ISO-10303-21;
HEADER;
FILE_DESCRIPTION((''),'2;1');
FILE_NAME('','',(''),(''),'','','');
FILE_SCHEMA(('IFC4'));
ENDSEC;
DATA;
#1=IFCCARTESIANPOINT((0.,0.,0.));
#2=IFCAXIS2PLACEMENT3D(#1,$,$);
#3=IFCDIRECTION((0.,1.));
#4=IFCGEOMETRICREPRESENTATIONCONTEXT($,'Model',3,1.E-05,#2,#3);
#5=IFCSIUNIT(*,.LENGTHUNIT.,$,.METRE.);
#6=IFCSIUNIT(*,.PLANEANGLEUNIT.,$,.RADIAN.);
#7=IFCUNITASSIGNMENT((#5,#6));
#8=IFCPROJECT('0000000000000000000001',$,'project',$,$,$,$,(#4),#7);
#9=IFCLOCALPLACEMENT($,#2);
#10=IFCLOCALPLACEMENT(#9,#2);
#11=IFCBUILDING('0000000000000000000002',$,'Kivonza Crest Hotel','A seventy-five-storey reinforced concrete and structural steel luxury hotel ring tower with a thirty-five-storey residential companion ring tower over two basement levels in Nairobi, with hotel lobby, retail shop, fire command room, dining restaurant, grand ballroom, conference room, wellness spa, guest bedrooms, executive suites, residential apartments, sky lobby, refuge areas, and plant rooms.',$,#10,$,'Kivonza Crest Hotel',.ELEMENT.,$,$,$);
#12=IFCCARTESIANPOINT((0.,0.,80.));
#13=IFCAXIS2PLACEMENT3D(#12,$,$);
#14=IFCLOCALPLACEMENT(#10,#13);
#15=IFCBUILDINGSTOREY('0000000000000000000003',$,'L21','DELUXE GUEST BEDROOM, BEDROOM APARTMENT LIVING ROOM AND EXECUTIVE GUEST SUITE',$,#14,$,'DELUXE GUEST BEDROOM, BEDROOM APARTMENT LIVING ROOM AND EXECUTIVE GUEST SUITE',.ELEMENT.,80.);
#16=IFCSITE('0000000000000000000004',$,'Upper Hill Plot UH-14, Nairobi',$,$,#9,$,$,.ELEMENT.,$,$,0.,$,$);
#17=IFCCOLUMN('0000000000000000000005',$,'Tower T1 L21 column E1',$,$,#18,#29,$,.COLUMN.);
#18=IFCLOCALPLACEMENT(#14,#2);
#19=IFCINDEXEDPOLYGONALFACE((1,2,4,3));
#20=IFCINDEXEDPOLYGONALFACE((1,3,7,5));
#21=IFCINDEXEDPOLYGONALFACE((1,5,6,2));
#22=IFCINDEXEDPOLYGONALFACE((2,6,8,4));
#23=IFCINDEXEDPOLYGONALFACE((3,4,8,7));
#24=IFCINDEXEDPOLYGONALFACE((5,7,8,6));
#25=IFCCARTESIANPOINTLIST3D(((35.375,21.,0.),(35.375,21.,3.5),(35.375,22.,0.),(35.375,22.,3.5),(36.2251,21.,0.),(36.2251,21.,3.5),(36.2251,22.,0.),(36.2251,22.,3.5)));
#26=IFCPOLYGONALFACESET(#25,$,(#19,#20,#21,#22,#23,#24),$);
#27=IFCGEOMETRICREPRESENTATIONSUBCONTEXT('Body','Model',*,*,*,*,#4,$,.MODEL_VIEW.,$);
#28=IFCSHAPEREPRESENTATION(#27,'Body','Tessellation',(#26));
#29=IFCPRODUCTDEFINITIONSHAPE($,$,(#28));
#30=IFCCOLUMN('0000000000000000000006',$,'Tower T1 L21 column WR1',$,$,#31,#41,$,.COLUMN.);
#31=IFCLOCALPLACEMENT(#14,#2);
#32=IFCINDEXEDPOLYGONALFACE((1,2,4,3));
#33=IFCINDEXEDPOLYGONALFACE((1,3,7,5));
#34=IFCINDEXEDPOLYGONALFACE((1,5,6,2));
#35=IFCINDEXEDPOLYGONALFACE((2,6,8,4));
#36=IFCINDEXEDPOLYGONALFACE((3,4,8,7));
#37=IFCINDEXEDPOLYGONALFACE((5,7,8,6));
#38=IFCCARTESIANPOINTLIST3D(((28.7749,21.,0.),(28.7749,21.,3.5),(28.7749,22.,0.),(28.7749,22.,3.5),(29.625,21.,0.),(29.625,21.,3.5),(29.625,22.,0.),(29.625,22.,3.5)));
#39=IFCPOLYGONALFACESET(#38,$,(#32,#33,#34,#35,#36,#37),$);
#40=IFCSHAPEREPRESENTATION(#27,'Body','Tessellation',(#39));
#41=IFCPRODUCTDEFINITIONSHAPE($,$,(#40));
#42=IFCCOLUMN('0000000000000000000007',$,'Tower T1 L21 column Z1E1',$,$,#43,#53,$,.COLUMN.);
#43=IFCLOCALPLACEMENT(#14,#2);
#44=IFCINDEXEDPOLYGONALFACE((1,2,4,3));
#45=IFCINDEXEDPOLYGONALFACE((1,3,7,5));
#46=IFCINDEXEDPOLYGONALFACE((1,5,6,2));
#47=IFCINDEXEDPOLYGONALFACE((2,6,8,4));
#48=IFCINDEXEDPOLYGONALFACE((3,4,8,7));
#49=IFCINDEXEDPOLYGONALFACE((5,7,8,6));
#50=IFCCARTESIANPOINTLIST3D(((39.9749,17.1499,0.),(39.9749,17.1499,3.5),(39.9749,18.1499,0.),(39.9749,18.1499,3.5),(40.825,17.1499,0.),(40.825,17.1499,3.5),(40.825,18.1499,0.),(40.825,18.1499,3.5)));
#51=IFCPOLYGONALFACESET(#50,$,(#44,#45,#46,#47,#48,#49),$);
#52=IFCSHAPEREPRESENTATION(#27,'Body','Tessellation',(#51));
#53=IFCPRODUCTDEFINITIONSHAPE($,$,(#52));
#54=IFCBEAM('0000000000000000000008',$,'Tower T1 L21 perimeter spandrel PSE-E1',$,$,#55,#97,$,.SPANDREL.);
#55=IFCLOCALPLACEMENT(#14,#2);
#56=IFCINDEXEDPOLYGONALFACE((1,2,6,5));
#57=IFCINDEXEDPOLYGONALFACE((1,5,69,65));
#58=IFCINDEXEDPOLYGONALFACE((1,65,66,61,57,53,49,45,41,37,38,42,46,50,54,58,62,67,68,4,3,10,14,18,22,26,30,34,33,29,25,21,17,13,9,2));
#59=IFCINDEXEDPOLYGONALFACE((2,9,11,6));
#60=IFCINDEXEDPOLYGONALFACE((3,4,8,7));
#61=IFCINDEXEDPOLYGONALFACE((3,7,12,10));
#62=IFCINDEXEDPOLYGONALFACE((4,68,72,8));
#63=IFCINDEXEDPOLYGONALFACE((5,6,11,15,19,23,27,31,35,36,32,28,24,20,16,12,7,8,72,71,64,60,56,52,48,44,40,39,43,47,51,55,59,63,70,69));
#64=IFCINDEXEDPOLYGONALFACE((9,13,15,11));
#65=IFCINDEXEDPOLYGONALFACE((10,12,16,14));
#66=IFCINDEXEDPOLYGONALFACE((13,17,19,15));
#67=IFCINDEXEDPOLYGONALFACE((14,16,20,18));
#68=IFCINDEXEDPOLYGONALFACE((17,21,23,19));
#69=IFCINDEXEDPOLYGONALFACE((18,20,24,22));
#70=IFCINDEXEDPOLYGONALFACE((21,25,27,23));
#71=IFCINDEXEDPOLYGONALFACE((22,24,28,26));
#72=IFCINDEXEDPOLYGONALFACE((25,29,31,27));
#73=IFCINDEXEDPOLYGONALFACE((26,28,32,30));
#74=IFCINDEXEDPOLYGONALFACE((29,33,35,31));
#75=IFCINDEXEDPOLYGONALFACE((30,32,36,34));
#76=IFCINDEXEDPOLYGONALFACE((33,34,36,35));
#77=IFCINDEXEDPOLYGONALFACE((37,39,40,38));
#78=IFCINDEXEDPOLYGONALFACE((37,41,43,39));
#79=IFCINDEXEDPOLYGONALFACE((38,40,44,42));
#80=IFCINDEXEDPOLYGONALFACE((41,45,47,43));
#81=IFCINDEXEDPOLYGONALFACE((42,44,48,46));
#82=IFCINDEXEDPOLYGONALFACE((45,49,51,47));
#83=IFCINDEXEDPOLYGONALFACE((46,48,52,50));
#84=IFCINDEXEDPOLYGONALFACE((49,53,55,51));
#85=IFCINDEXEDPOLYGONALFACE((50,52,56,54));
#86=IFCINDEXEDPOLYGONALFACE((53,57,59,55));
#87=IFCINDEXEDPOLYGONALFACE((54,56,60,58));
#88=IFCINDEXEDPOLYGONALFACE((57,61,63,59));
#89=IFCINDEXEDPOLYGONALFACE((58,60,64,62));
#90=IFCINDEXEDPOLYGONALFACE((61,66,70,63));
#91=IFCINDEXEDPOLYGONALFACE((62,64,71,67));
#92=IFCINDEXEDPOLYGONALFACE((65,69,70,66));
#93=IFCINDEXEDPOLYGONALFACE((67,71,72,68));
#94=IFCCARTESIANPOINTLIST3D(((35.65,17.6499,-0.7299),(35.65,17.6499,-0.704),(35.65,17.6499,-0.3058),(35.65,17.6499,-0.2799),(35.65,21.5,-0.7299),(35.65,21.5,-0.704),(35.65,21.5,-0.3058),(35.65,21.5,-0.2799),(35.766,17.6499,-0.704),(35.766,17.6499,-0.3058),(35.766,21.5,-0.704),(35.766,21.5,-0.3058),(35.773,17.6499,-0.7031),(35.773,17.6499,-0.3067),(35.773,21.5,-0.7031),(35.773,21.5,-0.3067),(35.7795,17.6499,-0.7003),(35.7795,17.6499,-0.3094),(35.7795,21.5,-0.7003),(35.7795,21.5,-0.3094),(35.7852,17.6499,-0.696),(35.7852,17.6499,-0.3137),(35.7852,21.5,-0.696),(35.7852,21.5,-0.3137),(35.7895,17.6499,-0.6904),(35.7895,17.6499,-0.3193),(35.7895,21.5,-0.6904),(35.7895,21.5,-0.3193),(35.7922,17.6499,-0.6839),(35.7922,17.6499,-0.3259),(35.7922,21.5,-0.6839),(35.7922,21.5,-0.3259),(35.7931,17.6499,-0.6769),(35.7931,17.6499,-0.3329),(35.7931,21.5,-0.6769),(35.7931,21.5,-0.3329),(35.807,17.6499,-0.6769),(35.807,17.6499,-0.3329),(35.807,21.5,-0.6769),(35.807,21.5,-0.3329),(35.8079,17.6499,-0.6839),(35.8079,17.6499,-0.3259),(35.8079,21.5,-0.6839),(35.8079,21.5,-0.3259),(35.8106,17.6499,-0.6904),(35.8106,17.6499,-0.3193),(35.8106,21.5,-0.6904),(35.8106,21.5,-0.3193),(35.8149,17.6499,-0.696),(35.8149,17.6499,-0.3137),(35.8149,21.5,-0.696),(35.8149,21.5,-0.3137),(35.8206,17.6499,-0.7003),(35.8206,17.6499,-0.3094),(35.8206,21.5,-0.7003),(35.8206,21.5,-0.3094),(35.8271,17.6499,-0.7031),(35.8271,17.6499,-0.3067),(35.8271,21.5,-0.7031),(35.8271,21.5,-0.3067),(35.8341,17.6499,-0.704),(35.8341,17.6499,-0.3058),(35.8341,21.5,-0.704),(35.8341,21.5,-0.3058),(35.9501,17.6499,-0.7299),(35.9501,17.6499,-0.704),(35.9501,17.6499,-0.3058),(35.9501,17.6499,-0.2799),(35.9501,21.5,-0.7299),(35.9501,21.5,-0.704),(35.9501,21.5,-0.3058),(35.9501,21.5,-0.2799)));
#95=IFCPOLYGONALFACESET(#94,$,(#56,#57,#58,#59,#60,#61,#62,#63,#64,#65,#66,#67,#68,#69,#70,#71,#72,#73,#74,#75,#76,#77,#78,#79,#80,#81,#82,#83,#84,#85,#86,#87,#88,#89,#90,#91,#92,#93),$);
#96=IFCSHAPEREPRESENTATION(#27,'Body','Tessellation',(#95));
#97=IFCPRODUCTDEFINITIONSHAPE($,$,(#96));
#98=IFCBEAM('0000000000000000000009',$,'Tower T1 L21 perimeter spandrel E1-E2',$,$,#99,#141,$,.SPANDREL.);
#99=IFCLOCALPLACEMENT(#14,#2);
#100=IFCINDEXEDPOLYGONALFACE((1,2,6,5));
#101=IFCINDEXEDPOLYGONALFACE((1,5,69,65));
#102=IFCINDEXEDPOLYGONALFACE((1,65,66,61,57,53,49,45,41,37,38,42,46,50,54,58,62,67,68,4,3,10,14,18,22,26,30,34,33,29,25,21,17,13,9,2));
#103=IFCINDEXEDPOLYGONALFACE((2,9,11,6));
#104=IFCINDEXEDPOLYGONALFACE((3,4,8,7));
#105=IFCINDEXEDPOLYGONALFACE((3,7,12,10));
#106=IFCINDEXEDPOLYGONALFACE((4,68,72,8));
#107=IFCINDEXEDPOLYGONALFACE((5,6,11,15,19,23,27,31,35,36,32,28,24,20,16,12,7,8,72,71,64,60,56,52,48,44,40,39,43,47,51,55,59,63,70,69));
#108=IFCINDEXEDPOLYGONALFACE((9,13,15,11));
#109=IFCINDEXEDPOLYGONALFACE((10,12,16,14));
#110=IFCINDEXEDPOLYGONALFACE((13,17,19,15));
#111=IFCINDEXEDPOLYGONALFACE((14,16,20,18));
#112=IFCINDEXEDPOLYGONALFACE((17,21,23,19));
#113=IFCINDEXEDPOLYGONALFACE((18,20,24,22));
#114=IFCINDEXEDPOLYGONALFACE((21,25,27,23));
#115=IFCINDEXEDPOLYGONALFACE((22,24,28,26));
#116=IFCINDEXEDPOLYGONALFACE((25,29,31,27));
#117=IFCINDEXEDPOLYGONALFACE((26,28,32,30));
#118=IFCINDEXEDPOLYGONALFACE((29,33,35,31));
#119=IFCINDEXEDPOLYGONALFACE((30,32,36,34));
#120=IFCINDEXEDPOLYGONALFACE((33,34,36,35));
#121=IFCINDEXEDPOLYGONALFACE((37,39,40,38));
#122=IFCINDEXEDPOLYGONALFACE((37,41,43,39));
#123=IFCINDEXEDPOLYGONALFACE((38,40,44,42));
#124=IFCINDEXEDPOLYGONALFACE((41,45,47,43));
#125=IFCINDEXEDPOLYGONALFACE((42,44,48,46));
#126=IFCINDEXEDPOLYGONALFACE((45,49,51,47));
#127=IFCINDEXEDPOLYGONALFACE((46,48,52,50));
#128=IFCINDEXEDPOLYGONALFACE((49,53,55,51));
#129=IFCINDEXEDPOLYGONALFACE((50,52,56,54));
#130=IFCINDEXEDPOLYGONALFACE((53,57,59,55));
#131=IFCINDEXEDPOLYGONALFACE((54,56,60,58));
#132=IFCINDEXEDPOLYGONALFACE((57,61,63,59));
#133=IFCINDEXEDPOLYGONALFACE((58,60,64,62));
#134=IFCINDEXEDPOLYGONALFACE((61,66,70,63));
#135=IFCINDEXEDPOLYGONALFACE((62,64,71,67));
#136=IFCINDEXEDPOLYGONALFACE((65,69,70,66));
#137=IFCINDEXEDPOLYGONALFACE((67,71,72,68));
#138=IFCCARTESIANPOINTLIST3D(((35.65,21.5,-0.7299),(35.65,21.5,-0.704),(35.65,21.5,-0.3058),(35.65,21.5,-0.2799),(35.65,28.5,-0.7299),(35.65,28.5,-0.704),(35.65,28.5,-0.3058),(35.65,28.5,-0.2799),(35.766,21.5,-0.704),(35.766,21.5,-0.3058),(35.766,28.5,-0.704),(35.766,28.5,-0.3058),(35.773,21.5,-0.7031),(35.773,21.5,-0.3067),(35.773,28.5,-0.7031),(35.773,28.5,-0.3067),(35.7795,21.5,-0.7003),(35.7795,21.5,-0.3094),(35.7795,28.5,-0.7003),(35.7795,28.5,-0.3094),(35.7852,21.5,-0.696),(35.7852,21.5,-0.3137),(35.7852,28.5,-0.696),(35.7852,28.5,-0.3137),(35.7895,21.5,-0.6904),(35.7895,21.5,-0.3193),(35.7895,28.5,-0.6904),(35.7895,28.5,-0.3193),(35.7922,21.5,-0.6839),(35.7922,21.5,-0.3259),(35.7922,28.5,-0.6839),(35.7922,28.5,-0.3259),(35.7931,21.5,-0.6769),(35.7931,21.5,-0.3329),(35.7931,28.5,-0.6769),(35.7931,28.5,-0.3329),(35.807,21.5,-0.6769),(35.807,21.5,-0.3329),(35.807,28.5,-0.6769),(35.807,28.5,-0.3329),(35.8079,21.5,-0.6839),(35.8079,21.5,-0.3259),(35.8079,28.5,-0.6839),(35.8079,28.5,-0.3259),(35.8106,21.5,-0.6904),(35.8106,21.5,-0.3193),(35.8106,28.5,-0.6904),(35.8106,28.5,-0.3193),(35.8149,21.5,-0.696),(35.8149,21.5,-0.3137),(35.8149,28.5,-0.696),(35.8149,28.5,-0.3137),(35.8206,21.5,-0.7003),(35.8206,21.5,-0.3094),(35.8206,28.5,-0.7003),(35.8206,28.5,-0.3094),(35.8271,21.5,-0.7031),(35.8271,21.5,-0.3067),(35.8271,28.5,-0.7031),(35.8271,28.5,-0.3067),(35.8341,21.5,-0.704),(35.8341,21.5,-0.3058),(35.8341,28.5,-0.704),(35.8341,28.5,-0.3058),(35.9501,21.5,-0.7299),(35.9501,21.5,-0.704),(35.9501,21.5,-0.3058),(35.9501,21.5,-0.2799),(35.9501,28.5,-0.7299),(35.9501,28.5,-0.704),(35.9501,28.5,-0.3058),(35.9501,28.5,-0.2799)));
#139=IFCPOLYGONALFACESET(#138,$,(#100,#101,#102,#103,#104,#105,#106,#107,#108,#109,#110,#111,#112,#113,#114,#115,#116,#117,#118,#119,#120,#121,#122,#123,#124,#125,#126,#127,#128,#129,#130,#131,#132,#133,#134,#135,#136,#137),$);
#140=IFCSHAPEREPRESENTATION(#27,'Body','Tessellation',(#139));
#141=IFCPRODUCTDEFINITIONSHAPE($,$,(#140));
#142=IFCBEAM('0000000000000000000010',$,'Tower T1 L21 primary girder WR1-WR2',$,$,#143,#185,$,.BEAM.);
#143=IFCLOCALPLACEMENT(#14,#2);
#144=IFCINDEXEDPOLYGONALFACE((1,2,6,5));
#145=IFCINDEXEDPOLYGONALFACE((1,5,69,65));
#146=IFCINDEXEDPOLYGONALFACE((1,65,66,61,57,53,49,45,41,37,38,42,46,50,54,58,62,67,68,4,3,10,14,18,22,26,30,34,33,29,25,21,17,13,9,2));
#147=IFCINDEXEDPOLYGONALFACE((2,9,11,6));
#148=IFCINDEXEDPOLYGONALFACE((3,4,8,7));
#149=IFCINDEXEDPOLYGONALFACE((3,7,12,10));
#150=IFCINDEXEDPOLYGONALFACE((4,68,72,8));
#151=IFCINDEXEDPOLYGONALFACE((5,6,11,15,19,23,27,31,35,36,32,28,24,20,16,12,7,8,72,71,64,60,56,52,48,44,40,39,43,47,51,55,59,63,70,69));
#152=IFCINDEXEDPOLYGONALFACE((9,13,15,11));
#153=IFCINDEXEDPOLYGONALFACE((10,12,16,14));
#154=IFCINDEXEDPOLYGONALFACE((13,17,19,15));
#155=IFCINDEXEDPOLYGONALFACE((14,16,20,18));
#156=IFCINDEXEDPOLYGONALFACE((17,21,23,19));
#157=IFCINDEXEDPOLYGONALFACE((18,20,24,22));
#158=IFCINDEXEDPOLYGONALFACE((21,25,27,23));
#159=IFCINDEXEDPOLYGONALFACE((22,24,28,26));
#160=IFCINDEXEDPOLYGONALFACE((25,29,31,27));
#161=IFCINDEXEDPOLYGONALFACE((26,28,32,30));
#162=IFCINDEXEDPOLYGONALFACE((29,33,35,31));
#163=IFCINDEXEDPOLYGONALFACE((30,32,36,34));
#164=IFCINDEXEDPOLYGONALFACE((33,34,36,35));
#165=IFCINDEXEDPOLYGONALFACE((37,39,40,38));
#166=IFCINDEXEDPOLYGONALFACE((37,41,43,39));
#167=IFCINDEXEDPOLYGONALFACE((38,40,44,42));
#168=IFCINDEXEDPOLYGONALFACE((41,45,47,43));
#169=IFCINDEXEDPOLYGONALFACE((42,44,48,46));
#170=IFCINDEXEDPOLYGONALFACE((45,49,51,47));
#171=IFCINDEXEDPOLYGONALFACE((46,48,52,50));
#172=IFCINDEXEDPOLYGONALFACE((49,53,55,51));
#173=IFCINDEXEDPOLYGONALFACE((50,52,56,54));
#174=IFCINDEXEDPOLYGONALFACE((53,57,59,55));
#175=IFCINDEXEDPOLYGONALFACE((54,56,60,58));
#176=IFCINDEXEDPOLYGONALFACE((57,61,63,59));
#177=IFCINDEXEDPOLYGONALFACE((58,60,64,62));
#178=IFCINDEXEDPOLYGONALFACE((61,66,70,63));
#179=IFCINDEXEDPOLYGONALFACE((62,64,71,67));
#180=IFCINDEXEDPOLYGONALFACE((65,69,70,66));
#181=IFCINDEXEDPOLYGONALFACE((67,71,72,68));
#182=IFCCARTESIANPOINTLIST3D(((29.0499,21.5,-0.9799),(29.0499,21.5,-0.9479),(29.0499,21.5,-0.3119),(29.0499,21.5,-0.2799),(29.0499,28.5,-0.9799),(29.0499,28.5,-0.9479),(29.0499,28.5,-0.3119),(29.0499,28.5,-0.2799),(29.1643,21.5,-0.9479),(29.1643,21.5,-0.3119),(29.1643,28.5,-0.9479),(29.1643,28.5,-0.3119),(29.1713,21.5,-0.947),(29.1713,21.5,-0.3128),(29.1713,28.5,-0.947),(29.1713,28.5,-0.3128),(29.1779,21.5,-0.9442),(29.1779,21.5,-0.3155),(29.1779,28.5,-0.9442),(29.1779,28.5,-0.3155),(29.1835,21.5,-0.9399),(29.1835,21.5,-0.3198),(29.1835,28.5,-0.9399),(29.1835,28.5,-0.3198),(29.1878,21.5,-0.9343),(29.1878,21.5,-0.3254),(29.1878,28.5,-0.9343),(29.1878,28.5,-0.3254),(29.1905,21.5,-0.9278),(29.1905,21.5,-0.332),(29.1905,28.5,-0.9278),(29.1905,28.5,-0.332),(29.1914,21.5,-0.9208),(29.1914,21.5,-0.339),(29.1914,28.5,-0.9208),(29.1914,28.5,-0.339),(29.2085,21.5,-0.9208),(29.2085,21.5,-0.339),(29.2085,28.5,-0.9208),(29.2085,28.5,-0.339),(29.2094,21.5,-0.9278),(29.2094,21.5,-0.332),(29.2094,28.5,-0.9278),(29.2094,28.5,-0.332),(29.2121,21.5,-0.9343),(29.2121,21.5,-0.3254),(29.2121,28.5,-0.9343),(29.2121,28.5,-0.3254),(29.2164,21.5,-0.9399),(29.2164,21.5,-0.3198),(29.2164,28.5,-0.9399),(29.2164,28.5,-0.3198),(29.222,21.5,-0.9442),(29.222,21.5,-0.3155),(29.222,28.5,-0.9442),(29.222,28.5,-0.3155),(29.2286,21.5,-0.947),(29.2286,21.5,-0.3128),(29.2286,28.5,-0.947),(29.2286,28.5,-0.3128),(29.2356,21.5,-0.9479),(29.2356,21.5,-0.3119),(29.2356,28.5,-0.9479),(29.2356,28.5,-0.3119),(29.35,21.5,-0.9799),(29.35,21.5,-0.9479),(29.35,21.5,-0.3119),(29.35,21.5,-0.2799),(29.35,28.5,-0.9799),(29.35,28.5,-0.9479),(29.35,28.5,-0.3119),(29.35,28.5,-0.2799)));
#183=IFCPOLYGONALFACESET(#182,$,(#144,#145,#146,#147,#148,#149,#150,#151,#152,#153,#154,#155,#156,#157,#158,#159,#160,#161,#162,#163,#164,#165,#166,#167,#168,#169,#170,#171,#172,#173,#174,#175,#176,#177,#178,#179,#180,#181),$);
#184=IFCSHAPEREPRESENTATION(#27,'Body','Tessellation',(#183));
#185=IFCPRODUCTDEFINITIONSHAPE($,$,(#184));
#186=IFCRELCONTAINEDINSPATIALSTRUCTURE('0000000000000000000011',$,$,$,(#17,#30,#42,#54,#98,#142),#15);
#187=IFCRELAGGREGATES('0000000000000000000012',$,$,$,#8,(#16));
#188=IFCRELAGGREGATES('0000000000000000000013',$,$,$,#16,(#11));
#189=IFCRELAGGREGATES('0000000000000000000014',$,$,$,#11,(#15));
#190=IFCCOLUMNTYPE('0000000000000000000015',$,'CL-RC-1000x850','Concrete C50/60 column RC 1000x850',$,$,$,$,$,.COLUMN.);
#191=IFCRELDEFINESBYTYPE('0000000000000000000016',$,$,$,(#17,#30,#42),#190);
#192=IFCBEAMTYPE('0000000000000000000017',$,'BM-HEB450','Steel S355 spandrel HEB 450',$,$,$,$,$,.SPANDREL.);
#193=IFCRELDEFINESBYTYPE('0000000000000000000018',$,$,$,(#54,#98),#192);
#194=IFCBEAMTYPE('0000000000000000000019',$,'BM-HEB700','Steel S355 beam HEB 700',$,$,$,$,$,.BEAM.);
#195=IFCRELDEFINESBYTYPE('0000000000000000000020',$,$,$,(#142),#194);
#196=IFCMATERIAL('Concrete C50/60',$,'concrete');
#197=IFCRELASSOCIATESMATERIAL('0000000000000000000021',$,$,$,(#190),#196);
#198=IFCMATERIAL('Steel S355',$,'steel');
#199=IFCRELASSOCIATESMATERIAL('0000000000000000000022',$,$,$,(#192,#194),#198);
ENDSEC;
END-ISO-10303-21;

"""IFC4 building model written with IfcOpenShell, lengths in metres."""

from ifc_helpers import new_model, si_unit, direction, frame, origin, origin_2d, place, context, subcontext, project, spatial, rectangle, i_section, extrude, material, material_profile, profile_set, type_object, element, save


model = new_model("IFC4")

# Units and contexts
model_context = context("Model", 3, precision=1e-05, world=origin(), true_north=direction((0.0, 1.0)))
body_context = subcontext(model_context, "Body", "Model", "MODEL_VIEW")
ifc_project = project(units=[si_unit("LENGTHUNIT", "METRE"), si_unit("PLANEANGLEUNIT", "RADIAN")], contexts=[model_context])

# Site, building, storey
site_placement = place(None, origin())
site = spatial("IfcSite", under=ifc_project, at=site_placement, Name="Upper Hill Plot UH-14, Nairobi", CompositionType="ELEMENT", RefElevation=0.0)
building_placement = place(site_placement, origin())
building = spatial("IfcBuilding", under=site, at=building_placement, Name="Kivonza Crest Hotel", Description="A seventy-five-storey reinforced concrete and structural steel luxury hotel ring tower with a thirty-five-storey residential companion ring tower over two basement levels in Nairobi, with hotel lobby, retail shop, fire command room, dining restaurant, grand ballroom, conference room, wellness spa, guest bedrooms, executive suites, residential apartments, sky lobby, refuge areas, and plant rooms.", LongName="Kivonza Crest Hotel", CompositionType="ELEMENT")
storey_placement = place(building_placement, frame((0.0, 0.0, 80.0)))
storey = spatial("IfcBuildingStorey", under=building, at=storey_placement, Name="L21", Description="DELUXE GUEST BEDROOM, BEDROOM APARTMENT LIVING ROOM AND EXECUTIVE GUEST SUITE", LongName="DELUXE GUEST BEDROOM, BEDROOM APARTMENT LIVING ROOM AND EXECUTIVE GUEST SUITE", CompositionType="ELEMENT", Elevation=80.0)

# Columns
ifc_material_1 = material(Name="Concrete C50/60", Category="concrete")
ifc_material_profile_1 = material_profile(ifc_material_1, rectangle(XDim=0.8501, YDim=1.0, at=origin_2d()), Name="RC 1000x850")
ifc_profile_set_1 = profile_set([ifc_material_profile_1], Name="Concrete C50/60")
column_type = type_object("IfcColumnType", Name="CL-RC-1000x850", Description="Concrete C50/60 column RC 1000x850", PredefinedType="COLUMN", material=ifc_profile_set_1)
for number, where, z_axis, x_axis, name in (
    (1, (35.8, 21.5, 0.0), (0.0, 0.0, 1.0), (1.0, 0.0, 0.0), "Tower T1 L21 column E1"),
    (2, (29.2, 21.5, 0.0), (0.0, 0.0, 1.0), (1.0, 0.0, 0.0), "Tower T1 L21 column WR1"),
    (3, (40.3999, 17.6499, 0.0), (0.0, 0.0, 1.0), (1.0, 0.0, 0.0), "Tower T1 L21 column Z1E1"),
):
    element("IfcColumn", number, at=place(storey_placement, frame(where, z_axis=z_axis, x_axis=x_axis)), inside=storey, type_object=column_type, Name=name, PredefinedType="COLUMN", context=body_context, shape_type="SweptSolid", body=[
        extrude(rectangle(XDim=0.8501, YDim=1.0, at=origin_2d()), origin(), (0.0, 0.0, 1.0), 3.5),
    ])

# Beams
ifc_material_2 = material(Name="Steel S355", Category="steel")
ifc_material_profile_2 = material_profile(ifc_material_2, i_section(OverallWidth=0.3, OverallDepth=0.45, WebThickness=0.0139, FlangeThickness=0.0259, FilletRadius=0.0271, at=origin_2d()), Name="HEB 450")
ifc_profile_set_2 = profile_set([ifc_material_profile_2], Name="Steel S355")
beam_type_1 = type_object("IfcBeamType", Name="BM-HEB450", Description="Steel S355 spandrel HEB 450", PredefinedType="SPANDREL", material=ifc_profile_set_2)
beam_1_placement = place(storey_placement, frame((35.8, 17.6499, -0.5049), z_axis=(0.0, 1.0, 0.0), x_axis=(-1.0, 0.0, 0.0)))
element("IfcBeam", 4, at=beam_1_placement, inside=storey, type_object=beam_type_1, Name="Tower T1 L21 perimeter spandrel PSE-E1", PredefinedType="SPANDREL", context=body_context, shape_type="SweptSolid", body=[
    extrude(i_section(OverallWidth=0.3, OverallDepth=0.45, WebThickness=0.0139, FlangeThickness=0.0259, FilletRadius=0.0271, at=origin_2d()), origin(), (0.0, 0.0, 1.0), 3.8501),
])
beam_2_placement = place(storey_placement, frame((35.8, 21.5, -0.5049), z_axis=(0.0, 1.0, 0.0), x_axis=(-1.0, 0.0, 0.0)))
element("IfcBeam", 5, at=beam_2_placement, inside=storey, type_object=beam_type_1, Name="Tower T1 L21 perimeter spandrel E1-E2", PredefinedType="SPANDREL", context=body_context, shape_type="SweptSolid", body=[
    extrude(i_section(OverallWidth=0.3, OverallDepth=0.45, WebThickness=0.0139, FlangeThickness=0.0259, FilletRadius=0.0271, at=origin_2d()), origin(), (0.0, 0.0, 1.0), 7.0),
])
ifc_material_profile_3 = material_profile(ifc_material_2, i_section(OverallWidth=0.3, OverallDepth=0.7, WebThickness=0.0171, FlangeThickness=0.032, FilletRadius=0.0271, at=origin_2d()), Name="HEB 700")
ifc_profile_set_3 = profile_set([ifc_material_profile_3], Name="Steel S355")
beam_type_2 = type_object("IfcBeamType", Name="BM-HEB700", Description="Steel S355 beam HEB 700", PredefinedType="BEAM", material=ifc_profile_set_3)
beam_3_placement = place(storey_placement, frame((29.2, 21.5, -0.6299), z_axis=(0.0, 1.0, 0.0), x_axis=(-1.0, 0.0, 0.0)))
element("IfcBeam", 6, at=beam_3_placement, inside=storey, type_object=beam_type_2, Name="Tower T1 L21 primary girder WR1-WR2", PredefinedType="BEAM", context=body_context, shape_type="SweptSolid", body=[
    extrude(i_section(OverallWidth=0.3, OverallDepth=0.7, WebThickness=0.0171, FlangeThickness=0.032, FilletRadius=0.0271, at=origin_2d()), origin(), (0.0, 0.0, 1.0), 7.0),
])

save(model, "model.ifc")
